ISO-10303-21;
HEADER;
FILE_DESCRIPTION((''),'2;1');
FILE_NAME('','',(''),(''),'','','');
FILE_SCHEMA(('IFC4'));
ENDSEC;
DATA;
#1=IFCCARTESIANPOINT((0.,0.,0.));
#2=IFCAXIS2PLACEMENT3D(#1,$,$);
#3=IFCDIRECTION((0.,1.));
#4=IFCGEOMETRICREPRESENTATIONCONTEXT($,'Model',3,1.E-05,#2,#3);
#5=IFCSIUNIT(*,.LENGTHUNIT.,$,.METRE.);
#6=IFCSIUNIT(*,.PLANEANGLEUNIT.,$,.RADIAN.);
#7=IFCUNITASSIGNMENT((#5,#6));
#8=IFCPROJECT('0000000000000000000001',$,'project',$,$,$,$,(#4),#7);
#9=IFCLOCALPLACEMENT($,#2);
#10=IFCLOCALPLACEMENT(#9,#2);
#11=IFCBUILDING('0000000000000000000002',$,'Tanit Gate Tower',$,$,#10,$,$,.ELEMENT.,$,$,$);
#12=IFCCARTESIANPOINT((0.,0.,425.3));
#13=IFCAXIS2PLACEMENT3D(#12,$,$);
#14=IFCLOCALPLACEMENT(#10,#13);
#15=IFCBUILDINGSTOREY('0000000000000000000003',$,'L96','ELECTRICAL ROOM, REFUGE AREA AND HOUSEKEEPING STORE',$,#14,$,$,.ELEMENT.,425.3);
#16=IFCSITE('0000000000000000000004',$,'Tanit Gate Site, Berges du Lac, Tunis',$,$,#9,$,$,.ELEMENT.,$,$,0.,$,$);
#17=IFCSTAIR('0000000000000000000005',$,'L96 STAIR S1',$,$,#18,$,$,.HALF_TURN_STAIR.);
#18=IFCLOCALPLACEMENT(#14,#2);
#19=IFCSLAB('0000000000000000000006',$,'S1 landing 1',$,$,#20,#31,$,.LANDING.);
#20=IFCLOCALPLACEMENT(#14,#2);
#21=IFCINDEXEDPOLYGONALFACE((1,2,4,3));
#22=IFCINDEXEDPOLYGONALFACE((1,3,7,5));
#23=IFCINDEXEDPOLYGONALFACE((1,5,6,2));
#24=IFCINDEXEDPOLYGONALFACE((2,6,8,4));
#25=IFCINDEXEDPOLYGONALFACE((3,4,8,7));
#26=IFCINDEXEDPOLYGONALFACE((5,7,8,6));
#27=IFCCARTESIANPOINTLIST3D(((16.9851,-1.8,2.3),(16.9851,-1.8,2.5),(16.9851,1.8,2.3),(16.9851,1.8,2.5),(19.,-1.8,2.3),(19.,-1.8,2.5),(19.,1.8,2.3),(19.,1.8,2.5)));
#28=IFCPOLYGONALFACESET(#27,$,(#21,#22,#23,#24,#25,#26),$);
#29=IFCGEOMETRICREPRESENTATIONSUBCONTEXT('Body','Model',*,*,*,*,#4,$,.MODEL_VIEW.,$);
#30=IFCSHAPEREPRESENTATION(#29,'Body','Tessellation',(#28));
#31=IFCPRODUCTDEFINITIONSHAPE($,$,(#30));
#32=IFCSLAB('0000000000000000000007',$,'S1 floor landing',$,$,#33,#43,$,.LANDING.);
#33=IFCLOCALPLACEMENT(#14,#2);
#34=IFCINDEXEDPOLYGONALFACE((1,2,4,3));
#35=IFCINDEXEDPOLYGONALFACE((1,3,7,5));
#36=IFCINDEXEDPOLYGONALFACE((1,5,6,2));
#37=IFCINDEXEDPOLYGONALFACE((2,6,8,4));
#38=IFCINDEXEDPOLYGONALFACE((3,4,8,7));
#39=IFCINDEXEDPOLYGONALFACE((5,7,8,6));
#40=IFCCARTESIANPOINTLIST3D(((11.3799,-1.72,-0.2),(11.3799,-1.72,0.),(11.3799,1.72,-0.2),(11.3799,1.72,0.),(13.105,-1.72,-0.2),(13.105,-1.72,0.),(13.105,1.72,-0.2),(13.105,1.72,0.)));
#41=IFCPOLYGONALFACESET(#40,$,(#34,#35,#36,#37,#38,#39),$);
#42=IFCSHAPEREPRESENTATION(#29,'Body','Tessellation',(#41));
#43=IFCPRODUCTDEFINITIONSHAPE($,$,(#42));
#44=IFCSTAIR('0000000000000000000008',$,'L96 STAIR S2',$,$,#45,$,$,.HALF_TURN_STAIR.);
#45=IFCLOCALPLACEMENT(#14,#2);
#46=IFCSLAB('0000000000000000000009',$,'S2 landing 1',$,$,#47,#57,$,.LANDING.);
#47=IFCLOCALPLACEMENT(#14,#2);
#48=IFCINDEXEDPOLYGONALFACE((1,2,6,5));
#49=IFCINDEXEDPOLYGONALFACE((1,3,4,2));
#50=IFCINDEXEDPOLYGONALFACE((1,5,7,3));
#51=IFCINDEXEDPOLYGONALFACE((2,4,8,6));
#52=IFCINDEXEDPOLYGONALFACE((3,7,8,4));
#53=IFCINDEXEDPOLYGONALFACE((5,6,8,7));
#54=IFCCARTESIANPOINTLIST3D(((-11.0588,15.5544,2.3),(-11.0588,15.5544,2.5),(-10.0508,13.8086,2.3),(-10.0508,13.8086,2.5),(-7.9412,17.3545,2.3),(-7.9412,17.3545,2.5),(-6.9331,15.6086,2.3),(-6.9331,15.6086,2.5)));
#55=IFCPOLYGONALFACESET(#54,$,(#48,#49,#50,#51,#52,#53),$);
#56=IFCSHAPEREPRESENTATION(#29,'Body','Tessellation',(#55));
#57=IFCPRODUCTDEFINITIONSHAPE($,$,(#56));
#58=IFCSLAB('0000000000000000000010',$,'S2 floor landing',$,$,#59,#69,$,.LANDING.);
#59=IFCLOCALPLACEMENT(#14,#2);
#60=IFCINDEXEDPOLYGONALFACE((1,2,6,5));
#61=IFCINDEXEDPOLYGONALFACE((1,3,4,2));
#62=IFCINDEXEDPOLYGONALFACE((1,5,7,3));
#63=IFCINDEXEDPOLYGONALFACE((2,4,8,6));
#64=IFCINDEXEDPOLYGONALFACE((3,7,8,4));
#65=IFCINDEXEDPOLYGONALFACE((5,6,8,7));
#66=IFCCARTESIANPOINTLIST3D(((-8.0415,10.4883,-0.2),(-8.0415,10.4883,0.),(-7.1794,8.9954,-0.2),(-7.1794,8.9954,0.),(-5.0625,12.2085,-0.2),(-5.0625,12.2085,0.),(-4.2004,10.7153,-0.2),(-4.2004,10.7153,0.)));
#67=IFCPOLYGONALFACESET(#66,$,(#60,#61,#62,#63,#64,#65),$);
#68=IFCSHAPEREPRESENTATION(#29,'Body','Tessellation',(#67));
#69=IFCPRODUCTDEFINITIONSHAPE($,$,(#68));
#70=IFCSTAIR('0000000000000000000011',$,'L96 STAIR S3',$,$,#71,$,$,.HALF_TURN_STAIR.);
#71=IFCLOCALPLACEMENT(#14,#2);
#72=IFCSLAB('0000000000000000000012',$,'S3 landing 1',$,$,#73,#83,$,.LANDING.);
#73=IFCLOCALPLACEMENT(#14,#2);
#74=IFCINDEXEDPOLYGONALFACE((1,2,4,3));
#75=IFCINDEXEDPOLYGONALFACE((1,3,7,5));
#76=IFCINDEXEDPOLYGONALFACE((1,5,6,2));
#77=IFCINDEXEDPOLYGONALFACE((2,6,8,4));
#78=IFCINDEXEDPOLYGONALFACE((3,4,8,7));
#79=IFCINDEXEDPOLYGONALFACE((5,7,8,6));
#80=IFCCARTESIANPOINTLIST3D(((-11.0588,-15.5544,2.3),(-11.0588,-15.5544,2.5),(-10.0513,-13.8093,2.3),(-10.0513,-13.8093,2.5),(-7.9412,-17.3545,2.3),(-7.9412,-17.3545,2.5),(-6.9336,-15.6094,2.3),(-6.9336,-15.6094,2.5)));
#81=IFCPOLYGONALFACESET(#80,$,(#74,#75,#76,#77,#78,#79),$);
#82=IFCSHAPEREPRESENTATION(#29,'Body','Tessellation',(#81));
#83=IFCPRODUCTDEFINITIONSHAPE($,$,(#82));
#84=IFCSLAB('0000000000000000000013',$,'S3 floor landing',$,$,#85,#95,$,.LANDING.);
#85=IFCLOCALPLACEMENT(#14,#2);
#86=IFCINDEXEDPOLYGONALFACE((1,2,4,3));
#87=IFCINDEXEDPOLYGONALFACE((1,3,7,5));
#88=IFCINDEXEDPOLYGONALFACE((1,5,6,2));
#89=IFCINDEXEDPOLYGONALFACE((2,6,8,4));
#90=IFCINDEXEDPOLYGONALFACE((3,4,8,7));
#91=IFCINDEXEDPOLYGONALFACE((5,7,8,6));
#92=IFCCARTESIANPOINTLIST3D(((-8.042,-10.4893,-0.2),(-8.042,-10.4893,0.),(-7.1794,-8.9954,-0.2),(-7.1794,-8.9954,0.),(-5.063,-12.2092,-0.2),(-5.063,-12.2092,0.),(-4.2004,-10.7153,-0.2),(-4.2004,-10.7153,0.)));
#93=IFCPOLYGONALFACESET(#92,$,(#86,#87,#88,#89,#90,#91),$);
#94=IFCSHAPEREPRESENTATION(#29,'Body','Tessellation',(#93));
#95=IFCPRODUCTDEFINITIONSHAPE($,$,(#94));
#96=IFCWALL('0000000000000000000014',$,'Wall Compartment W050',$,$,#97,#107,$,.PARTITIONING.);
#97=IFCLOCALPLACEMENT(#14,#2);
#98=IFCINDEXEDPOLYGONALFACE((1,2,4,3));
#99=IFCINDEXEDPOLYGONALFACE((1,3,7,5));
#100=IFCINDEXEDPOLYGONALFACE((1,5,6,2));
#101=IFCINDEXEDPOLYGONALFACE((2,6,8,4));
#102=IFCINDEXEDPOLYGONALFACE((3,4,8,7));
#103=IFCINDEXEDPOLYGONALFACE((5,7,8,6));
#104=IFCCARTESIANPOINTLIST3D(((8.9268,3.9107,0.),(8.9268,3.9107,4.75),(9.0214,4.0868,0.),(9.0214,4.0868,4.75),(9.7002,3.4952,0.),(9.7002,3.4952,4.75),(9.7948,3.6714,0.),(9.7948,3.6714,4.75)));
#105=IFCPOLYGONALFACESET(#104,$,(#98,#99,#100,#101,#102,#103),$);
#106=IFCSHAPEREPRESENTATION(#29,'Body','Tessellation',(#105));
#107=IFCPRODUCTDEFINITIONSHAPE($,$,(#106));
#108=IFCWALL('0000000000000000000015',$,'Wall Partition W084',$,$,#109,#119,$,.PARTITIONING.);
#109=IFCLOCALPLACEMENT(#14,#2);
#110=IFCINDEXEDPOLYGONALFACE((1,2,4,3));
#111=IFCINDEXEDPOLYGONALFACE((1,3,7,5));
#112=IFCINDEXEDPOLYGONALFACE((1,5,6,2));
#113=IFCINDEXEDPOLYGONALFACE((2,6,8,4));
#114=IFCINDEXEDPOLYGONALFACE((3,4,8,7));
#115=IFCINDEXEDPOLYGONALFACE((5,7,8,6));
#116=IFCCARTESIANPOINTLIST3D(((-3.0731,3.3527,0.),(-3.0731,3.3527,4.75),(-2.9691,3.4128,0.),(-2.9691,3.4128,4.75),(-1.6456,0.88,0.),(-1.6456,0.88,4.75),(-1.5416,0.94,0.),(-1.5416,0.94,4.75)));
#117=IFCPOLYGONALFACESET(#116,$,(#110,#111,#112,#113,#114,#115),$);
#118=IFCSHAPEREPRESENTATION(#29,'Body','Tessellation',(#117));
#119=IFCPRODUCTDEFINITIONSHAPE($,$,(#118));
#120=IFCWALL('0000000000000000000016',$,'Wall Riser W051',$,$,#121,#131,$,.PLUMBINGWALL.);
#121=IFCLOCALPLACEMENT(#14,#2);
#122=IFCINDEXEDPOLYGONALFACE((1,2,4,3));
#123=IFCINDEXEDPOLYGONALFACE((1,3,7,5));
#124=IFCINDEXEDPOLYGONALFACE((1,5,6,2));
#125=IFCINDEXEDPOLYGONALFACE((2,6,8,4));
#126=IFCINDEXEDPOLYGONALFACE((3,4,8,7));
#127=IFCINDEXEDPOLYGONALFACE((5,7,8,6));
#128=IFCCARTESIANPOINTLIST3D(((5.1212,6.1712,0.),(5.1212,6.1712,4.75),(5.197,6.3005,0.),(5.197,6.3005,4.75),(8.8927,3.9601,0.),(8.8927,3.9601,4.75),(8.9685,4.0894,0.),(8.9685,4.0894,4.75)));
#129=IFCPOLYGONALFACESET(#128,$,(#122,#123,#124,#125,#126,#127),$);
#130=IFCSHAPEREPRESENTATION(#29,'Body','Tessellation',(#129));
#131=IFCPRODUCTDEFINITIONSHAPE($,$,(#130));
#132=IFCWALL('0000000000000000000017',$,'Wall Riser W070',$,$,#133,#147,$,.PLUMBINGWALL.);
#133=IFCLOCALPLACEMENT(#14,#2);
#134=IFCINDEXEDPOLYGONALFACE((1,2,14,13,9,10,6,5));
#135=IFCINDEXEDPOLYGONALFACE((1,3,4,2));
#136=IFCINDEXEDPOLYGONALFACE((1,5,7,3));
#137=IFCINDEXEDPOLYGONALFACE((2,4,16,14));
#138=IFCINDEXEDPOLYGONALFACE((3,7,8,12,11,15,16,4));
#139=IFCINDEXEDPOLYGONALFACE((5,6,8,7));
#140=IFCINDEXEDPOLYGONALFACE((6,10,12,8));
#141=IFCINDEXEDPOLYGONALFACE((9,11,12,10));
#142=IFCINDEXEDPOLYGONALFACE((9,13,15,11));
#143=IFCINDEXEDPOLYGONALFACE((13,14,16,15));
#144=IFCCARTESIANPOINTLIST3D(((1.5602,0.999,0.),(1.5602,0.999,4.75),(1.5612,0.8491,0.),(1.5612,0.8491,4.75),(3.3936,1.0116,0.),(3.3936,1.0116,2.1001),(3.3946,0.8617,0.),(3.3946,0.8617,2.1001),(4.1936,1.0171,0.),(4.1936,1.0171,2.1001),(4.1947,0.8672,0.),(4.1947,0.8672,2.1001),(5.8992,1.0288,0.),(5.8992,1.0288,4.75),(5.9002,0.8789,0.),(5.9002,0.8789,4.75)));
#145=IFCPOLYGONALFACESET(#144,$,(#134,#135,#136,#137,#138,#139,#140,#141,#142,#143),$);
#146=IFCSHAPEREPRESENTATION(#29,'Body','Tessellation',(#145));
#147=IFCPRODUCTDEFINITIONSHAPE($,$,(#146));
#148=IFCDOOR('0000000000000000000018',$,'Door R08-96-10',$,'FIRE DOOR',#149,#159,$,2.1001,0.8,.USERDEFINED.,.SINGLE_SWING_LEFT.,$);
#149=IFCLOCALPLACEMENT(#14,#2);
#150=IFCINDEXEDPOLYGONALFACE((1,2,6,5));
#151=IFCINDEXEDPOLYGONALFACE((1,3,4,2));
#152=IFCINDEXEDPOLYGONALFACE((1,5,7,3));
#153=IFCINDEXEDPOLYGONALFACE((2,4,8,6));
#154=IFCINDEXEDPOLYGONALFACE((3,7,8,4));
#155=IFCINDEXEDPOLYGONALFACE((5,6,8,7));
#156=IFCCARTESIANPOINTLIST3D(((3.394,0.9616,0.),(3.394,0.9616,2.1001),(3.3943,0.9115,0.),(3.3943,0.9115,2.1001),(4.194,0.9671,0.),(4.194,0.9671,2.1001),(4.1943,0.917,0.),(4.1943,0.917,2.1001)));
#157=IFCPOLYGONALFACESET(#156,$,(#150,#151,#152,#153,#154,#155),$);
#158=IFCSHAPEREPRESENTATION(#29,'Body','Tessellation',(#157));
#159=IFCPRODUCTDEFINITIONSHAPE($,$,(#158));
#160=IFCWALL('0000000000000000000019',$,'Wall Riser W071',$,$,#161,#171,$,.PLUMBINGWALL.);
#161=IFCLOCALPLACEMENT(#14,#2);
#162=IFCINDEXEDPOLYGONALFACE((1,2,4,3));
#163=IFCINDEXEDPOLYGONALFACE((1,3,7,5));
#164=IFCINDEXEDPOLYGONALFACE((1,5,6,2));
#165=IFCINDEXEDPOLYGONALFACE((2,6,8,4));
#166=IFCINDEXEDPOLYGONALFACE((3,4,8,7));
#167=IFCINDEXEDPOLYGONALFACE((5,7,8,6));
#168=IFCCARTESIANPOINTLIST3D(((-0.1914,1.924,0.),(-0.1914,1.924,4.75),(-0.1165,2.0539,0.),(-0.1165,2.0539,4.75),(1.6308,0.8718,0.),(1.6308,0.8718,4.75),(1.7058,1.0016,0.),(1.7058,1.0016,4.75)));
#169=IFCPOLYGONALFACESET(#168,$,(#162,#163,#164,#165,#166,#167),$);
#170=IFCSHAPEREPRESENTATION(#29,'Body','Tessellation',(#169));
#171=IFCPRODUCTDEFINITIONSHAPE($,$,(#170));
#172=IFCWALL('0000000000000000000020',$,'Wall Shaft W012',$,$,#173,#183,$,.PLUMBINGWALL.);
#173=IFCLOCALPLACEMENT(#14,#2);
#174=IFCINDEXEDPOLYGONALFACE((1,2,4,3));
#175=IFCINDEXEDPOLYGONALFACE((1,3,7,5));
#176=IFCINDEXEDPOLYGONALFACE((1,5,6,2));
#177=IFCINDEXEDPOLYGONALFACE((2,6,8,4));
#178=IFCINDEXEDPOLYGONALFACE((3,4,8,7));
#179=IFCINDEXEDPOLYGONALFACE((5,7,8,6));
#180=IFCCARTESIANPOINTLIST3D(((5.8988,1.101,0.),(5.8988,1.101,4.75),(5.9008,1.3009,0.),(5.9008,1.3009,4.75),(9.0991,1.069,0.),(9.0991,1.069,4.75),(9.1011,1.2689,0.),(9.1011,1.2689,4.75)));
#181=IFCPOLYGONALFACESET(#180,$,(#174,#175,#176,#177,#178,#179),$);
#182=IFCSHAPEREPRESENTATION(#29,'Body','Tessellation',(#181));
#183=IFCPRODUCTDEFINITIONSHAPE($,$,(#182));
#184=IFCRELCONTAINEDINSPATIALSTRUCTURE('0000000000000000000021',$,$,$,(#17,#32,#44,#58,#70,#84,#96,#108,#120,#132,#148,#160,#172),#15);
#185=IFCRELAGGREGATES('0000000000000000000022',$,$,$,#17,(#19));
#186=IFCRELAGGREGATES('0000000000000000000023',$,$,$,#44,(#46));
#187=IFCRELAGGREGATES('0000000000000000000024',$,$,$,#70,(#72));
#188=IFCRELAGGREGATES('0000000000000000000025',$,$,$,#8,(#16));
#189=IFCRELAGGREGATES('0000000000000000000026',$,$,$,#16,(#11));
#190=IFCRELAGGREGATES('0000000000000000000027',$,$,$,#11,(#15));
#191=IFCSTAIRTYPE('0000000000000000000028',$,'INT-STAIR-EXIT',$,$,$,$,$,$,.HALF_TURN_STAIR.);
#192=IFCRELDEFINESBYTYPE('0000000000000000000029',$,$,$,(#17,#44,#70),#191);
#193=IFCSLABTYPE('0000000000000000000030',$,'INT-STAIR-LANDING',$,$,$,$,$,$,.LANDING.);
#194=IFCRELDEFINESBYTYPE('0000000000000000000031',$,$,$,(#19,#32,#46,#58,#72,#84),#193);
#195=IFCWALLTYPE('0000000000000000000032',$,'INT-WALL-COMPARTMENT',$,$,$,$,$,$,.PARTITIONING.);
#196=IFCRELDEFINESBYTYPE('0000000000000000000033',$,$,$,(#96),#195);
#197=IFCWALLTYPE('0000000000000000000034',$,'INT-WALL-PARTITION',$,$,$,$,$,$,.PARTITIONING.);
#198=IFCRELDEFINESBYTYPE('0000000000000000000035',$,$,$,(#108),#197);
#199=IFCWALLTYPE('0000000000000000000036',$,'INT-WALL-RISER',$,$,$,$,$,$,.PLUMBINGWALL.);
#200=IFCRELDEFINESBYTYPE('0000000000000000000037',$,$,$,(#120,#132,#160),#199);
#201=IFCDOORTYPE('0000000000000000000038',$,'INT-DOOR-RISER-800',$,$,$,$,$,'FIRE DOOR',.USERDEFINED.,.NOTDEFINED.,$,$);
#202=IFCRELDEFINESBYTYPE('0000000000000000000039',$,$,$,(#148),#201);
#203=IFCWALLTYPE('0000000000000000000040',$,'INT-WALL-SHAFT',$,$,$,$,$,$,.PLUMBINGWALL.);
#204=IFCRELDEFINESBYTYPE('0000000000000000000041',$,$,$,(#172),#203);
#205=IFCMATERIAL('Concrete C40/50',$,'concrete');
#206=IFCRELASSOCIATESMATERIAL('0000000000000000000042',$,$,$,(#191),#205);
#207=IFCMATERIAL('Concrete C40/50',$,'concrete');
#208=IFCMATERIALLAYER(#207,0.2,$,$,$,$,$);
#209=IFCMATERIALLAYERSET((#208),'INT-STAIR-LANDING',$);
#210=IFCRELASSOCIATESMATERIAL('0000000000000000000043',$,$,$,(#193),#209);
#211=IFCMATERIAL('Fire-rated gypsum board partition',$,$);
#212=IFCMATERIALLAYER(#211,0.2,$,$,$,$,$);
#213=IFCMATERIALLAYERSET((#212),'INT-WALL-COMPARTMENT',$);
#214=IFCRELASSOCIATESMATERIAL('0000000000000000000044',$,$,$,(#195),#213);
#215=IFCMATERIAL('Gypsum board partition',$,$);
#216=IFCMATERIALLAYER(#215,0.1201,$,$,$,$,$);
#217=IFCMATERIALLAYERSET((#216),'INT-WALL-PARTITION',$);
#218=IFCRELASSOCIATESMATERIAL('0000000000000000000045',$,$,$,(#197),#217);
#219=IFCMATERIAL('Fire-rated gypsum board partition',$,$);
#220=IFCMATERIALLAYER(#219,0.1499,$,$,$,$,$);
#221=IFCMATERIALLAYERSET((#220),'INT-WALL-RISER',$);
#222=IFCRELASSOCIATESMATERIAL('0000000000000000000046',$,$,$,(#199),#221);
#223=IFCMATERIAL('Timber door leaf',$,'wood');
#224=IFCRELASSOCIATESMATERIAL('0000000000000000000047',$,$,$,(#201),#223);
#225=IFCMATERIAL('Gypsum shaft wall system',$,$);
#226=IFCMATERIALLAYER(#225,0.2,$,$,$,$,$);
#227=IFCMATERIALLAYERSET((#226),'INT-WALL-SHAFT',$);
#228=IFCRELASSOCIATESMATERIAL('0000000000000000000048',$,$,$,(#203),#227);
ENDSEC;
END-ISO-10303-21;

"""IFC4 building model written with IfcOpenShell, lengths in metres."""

from ifc_helpers import new_model, si_unit, direction, frame, frame_2d, origin, place, context, subcontext, project, spatial, polyline, rectangle, outline, extrude, material, layer, layer_set, type_object, element, fill, aggregate, save


model = new_model("IFC4")

# Units and contexts
model_context = context("Model", 3, precision=1e-05, world=origin(), true_north=direction((0.0, 1.0)))
body_context = subcontext(model_context, "Body", "Model", "MODEL_VIEW")
ifc_project = project(units=[si_unit("LENGTHUNIT", "METRE"), si_unit("PLANEANGLEUNIT", "RADIAN")], contexts=[model_context])

# Site, building, storey
site_placement = place(None, origin())
site = spatial("IfcSite", under=ifc_project, at=site_placement, Name="Tanit Gate Site, Berges du Lac, Tunis", CompositionType="ELEMENT", RefElevation=0.0)
building_placement = place(site_placement, origin())
building = spatial("IfcBuilding", under=site, at=building_placement, Name="Tanit Gate Tower", CompositionType="ELEMENT")
storey_placement = place(building_placement, frame((0.0, 0.0, 425.3)))
storey = spatial("IfcBuildingStorey", under=building, at=storey_placement, Name="L96", Description="ELECTRICAL ROOM, REFUGE AREA AND HOUSEKEEPING STORE", CompositionType="ELEMENT", Elevation=425.3)

# Stair, slab
ifc_material_1 = material(Name="Concrete C40/50", Category="concrete")
stair_type = type_object("IfcStairType", Name="INT-STAIR-EXIT", PredefinedType="HALF_TURN_STAIR", material=ifc_material_1)
stair_1_placement = place(storey_placement, origin())
stair_1 = element("IfcStair", 1, at=stair_1_placement, inside=storey, type_object=stair_type, Name="L96 STAIR S1", PredefinedType="HALF_TURN_STAIR")
ifc_material_2 = material(Name="Concrete C40/50", Category="concrete")
ifc_layer_1 = layer(ifc_material_2, 0.2)
ifc_layer_set_1 = layer_set([ifc_layer_1], Name="INT-STAIR-LANDING")
slab_type = type_object("IfcSlabType", Name="INT-STAIR-LANDING", PredefinedType="LANDING", material=ifc_layer_set_1)
slab_1_placement = place(storey_placement, frame((0.0, 0.0, 2.3)))
slab_1 = element("IfcSlab", 2, at=slab_1_placement, type_object=slab_type, Name="S1 landing 1", PredefinedType="LANDING", context=body_context, shape_type="SweptSolid", body=[
    extrude(outline(polyline([(16.9851, -1.8), (19.0, -1.8), (19.0, 1.8), (16.9851, 1.8), (16.9851, -1.8)])), origin(), (0.0, 0.0, 1.0), 0.2),
])
aggregate(stair_1, [slab_1])

# Slab
slab_2_placement = place(storey_placement, frame((0.0, 0.0, -0.2)))
element("IfcSlab", 3, at=slab_2_placement, inside=storey, type_object=slab_type, Name="S1 floor landing", PredefinedType="LANDING", context=body_context, shape_type="SweptSolid", body=[
    extrude(outline(polyline([(11.3799, -1.72), (13.105, -1.72), (13.105, 1.72), (11.3799, 1.72), (11.3799, -1.72)])), origin(), (0.0, 0.0, 1.0), 0.2),
])

# Stair, slab
stair_2_placement = place(storey_placement, origin())
stair_2 = element("IfcStair", 4, at=stair_2_placement, inside=storey, type_object=stair_type, Name="L96 STAIR S2", PredefinedType="HALF_TURN_STAIR")
slab_3_placement = place(storey_placement, frame((0.0, 0.0, 2.3)))
slab_3 = element("IfcSlab", 5, at=slab_3_placement, type_object=slab_type, Name="S2 landing 1", PredefinedType="LANDING", context=body_context, shape_type="SweptSolid", body=[
    extrude(outline(polyline([(-6.9331, 15.6086), (-7.9412, 17.3545), (-11.0588, 15.5544), (-10.0508, 13.8086), (-6.9331, 15.6086)])), origin(), (0.0, 0.0, 1.0), 0.2),
])
aggregate(stair_2, [slab_3])

# Slab
slab_4_placement = place(storey_placement, frame((0.0, 0.0, -0.2)))
element("IfcSlab", 6, at=slab_4_placement, inside=storey, type_object=slab_type, Name="S2 floor landing", PredefinedType="LANDING", context=body_context, shape_type="SweptSolid", body=[
    extrude(outline(polyline([(-4.2004, 10.7153), (-5.0625, 12.2085), (-8.0415, 10.4883), (-7.1794, 8.9954), (-4.2004, 10.7153)])), origin(), (0.0, 0.0, 1.0), 0.2),
])

# Stair, slab
stair_3_placement = place(storey_placement, origin())
stair_3 = element("IfcStair", 7, at=stair_3_placement, inside=storey, type_object=stair_type, Name="L96 STAIR S3", PredefinedType="HALF_TURN_STAIR")
slab_5_placement = place(storey_placement, frame((0.0, 0.0, 2.3)))
slab_5 = element("IfcSlab", 8, at=slab_5_placement, type_object=slab_type, Name="S3 landing 1", PredefinedType="LANDING", context=body_context, shape_type="SweptSolid", body=[
    extrude(outline(polyline([(-10.0513, -13.8093), (-11.0588, -15.5544), (-7.9412, -17.3545), (-6.9336, -15.6094), (-10.0513, -13.8093)])), origin(), (0.0, 0.0, 1.0), 0.2),
])
aggregate(stair_3, [slab_5])

# Slab
slab_6_placement = place(storey_placement, frame((0.0, 0.0, -0.2)))
element("IfcSlab", 9, at=slab_6_placement, inside=storey, type_object=slab_type, Name="S3 floor landing", PredefinedType="LANDING", context=body_context, shape_type="SweptSolid", body=[
    extrude(outline(polyline([(-7.1794, -8.9954), (-8.042, -10.4893), (-5.063, -12.2092), (-4.2004, -10.7153), (-7.1794, -8.9954)])), origin(), (0.0, 0.0, 1.0), 0.2),
])

# Walls
ifc_material_3 = material(Name="Fire-rated gypsum board partition")
ifc_layer_2 = layer(ifc_material_3, 0.2)
ifc_layer_set_2 = layer_set([ifc_layer_2], Name="INT-WALL-COMPARTMENT")
wall_type_1 = type_object("IfcWallType", Name="INT-WALL-COMPARTMENT", PredefinedType="PARTITIONING", material=ifc_layer_set_2)
wall_1_placement = place(storey_placement, frame((8.9741, 3.9988, 0.0), z_axis=(0.0, 0.0, 1.0), x_axis=(0.880917, -0.473271, 0.0)))
element("IfcWall", 10, at=wall_1_placement, inside=storey, type_object=wall_type_1, Name="Wall Compartment W050", PredefinedType="PARTITIONING", context=body_context, shape_type="SweptSolid", body=[
    extrude(rectangle(XDim=0.8779, YDim=0.2, at=frame_2d((0.439, 0.0))), origin(), (0.0, 0.0, 1.0), 4.75),
])
ifc_material_4 = material(Name="Gypsum board partition")
ifc_layer_3 = layer(ifc_material_4, 0.1201)
ifc_layer_set_3 = layer_set([ifc_layer_3], Name="INT-WALL-PARTITION")
wall_type_2 = type_object("IfcWallType", Name="INT-WALL-PARTITION", PredefinedType="PARTITIONING", material=ifc_layer_set_3)
wall_2_placement = place(storey_placement, frame((-1.5935, 0.9099, 0.0), z_axis=(0.0, 0.0, 1.0), x_axis=(-0.499974, 0.86604, 0.0)))
element("IfcWall", 11, at=wall_2_placement, inside=storey, type_object=wall_type_2, Name="Wall Partition W084", PredefinedType="PARTITIONING", context=body_context, shape_type="SweptSolid", body=[
    extrude(rectangle(XDim=2.8552, YDim=0.1201, at=frame_2d((1.4277, 0.0))), origin(), (0.0, 0.0, 1.0), 4.75),
])
ifc_material_5 = material(Name="Fire-rated gypsum board partition")
ifc_layer_4 = layer(ifc_material_5, 0.1499)
ifc_layer_set_4 = layer_set([ifc_layer_4], Name="INT-WALL-RISER")
wall_type_3 = type_object("IfcWallType", Name="INT-WALL-RISER", PredefinedType="PLUMBINGWALL", material=ifc_layer_set_4)
wall_3_placement = place(storey_placement, frame((8.9307, 4.0247, 0.0), z_axis=(0.0, 0.0, 1.0), x_axis=(-0.862667, 0.505773, 0.0)))
element("IfcWall", 12, at=wall_3_placement, inside=storey, type_object=wall_type_3, Name="Wall Riser W051", PredefinedType="PLUMBINGWALL", context=body_context, shape_type="SweptSolid", body=[
    extrude(rectangle(XDim=4.3718, YDim=0.1499, at=frame_2d((2.186, 0.0))), origin(), (0.0, 0.0, 1.0), 4.75),
])

# Wall, opening, door
wall_4_placement = place(storey_placement, frame((1.5608, 0.9241, 0.0), z_axis=(0.0, 0.0, 1.0), x_axis=(0.999976, 0.006864, 0.0)))
wall_4 = element("IfcWall", 13, at=wall_4_placement, inside=storey, type_object=wall_type_3, Name="Wall Riser W070", PredefinedType="PLUMBINGWALL", context=body_context, shape_type="SweptSolid", body=[
    extrude(rectangle(XDim=4.3391, YDim=0.1499, at=frame_2d((2.1694, 0.0))), origin(), (0.0, 0.0, 1.0), 4.75),
])
opening_1_placement = place(wall_4_placement, frame((1.8335, 0.0, 0.0)))
opening_1 = element("IfcOpeningElement", 14, at=opening_1_placement, cuts=wall_4, PredefinedType="OPENING", context=body_context, shape_type="SweptSolid", body=[
    extrude(rectangle(XDim=0.8, YDim=2.1001, at=frame_2d((0.3999, 1.05))), frame((0.0, 0.085, 0.0), z_axis=(0.0, -1.0, 0.0), x_axis=(1.0, 0.0, 0.0)), (0.0, 0.0, 1.0), 0.1699),
])
ifc_material_6 = material(Name="Timber door leaf", Category="wood")
door_type_1 = type_object("IfcDoorType", Name="INT-DOOR-RISER-800", ElementType="FIRE DOOR", OperationType="NOTDEFINED", PredefinedType="USERDEFINED", material=ifc_material_6)
door_1_placement = place(opening_1_placement, origin())
door_1 = element("IfcDoor", 15, at=door_1_placement, inside=storey, type_object=door_type_1, Name="Door R08-96-10", ObjectType="FIRE DOOR", OperationType="SINGLE_SWING_LEFT", OverallHeight=2.1001, OverallWidth=0.8, PredefinedType="USERDEFINED", context=body_context, shape_type="SweptSolid", body=[
    extrude(rectangle(XDim=0.8, YDim=2.1001, at=frame_2d((0.3999, 1.05))), frame((0.0, 0.0249, 0.0), z_axis=(0.0, -1.0, 0.0), x_axis=(1.0, 0.0, 0.0)), (0.0, 0.0, 1.0), 0.05),
])
fill(opening_1, door_1)

# Wall
wall_5_placement = place(storey_placement, frame((-0.1541, 1.989, 0.0), z_axis=(0.0, 0.0, 1.0), x_axis=(0.865992, -0.500057, 0.0)))
element("IfcWall", 16, at=wall_5_placement, inside=storey, type_object=wall_type_3, Name="Wall Riser W071", PredefinedType="PLUMBINGWALL", context=body_context, shape_type="SweptSolid", body=[
    extrude(rectangle(XDim=2.1042, YDim=0.1499, at=frame_2d((1.0522, 0.0))), origin(), (0.0, 0.0, 1.0), 4.75),
])

# Shared definitions
ifc_material_7 = material(Name="Gypsum shaft wall system")
ifc_layer_5 = layer(ifc_material_7, 0.2)
ifc_layer_set_5 = layer_set([ifc_layer_5], Name="INT-WALL-SHAFT")
wall_type_4 = type_object("IfcWallType", Name="INT-WALL-SHAFT", PredefinedType="PLUMBINGWALL", material=ifc_layer_set_5)

# Wall
wall_6_placement = place(storey_placement, frame((5.8999, 1.2009, 0.0), z_axis=(0.0, 0.0, 1.0), x_axis=(0.99995, -0.009993, 0.0)))
element("IfcWall", 17, at=wall_6_placement, inside=storey, type_object=wall_type_4, Name="Wall Shaft W012", PredefinedType="PLUMBINGWALL", context=body_context, shape_type="SweptSolid", body=[
    extrude(rectangle(XDim=3.2004, YDim=0.2, at=frame_2d((1.6001, 0.0))), origin(), (0.0, 0.0, 1.0), 4.75),
])

save(model, "model.ifc")
